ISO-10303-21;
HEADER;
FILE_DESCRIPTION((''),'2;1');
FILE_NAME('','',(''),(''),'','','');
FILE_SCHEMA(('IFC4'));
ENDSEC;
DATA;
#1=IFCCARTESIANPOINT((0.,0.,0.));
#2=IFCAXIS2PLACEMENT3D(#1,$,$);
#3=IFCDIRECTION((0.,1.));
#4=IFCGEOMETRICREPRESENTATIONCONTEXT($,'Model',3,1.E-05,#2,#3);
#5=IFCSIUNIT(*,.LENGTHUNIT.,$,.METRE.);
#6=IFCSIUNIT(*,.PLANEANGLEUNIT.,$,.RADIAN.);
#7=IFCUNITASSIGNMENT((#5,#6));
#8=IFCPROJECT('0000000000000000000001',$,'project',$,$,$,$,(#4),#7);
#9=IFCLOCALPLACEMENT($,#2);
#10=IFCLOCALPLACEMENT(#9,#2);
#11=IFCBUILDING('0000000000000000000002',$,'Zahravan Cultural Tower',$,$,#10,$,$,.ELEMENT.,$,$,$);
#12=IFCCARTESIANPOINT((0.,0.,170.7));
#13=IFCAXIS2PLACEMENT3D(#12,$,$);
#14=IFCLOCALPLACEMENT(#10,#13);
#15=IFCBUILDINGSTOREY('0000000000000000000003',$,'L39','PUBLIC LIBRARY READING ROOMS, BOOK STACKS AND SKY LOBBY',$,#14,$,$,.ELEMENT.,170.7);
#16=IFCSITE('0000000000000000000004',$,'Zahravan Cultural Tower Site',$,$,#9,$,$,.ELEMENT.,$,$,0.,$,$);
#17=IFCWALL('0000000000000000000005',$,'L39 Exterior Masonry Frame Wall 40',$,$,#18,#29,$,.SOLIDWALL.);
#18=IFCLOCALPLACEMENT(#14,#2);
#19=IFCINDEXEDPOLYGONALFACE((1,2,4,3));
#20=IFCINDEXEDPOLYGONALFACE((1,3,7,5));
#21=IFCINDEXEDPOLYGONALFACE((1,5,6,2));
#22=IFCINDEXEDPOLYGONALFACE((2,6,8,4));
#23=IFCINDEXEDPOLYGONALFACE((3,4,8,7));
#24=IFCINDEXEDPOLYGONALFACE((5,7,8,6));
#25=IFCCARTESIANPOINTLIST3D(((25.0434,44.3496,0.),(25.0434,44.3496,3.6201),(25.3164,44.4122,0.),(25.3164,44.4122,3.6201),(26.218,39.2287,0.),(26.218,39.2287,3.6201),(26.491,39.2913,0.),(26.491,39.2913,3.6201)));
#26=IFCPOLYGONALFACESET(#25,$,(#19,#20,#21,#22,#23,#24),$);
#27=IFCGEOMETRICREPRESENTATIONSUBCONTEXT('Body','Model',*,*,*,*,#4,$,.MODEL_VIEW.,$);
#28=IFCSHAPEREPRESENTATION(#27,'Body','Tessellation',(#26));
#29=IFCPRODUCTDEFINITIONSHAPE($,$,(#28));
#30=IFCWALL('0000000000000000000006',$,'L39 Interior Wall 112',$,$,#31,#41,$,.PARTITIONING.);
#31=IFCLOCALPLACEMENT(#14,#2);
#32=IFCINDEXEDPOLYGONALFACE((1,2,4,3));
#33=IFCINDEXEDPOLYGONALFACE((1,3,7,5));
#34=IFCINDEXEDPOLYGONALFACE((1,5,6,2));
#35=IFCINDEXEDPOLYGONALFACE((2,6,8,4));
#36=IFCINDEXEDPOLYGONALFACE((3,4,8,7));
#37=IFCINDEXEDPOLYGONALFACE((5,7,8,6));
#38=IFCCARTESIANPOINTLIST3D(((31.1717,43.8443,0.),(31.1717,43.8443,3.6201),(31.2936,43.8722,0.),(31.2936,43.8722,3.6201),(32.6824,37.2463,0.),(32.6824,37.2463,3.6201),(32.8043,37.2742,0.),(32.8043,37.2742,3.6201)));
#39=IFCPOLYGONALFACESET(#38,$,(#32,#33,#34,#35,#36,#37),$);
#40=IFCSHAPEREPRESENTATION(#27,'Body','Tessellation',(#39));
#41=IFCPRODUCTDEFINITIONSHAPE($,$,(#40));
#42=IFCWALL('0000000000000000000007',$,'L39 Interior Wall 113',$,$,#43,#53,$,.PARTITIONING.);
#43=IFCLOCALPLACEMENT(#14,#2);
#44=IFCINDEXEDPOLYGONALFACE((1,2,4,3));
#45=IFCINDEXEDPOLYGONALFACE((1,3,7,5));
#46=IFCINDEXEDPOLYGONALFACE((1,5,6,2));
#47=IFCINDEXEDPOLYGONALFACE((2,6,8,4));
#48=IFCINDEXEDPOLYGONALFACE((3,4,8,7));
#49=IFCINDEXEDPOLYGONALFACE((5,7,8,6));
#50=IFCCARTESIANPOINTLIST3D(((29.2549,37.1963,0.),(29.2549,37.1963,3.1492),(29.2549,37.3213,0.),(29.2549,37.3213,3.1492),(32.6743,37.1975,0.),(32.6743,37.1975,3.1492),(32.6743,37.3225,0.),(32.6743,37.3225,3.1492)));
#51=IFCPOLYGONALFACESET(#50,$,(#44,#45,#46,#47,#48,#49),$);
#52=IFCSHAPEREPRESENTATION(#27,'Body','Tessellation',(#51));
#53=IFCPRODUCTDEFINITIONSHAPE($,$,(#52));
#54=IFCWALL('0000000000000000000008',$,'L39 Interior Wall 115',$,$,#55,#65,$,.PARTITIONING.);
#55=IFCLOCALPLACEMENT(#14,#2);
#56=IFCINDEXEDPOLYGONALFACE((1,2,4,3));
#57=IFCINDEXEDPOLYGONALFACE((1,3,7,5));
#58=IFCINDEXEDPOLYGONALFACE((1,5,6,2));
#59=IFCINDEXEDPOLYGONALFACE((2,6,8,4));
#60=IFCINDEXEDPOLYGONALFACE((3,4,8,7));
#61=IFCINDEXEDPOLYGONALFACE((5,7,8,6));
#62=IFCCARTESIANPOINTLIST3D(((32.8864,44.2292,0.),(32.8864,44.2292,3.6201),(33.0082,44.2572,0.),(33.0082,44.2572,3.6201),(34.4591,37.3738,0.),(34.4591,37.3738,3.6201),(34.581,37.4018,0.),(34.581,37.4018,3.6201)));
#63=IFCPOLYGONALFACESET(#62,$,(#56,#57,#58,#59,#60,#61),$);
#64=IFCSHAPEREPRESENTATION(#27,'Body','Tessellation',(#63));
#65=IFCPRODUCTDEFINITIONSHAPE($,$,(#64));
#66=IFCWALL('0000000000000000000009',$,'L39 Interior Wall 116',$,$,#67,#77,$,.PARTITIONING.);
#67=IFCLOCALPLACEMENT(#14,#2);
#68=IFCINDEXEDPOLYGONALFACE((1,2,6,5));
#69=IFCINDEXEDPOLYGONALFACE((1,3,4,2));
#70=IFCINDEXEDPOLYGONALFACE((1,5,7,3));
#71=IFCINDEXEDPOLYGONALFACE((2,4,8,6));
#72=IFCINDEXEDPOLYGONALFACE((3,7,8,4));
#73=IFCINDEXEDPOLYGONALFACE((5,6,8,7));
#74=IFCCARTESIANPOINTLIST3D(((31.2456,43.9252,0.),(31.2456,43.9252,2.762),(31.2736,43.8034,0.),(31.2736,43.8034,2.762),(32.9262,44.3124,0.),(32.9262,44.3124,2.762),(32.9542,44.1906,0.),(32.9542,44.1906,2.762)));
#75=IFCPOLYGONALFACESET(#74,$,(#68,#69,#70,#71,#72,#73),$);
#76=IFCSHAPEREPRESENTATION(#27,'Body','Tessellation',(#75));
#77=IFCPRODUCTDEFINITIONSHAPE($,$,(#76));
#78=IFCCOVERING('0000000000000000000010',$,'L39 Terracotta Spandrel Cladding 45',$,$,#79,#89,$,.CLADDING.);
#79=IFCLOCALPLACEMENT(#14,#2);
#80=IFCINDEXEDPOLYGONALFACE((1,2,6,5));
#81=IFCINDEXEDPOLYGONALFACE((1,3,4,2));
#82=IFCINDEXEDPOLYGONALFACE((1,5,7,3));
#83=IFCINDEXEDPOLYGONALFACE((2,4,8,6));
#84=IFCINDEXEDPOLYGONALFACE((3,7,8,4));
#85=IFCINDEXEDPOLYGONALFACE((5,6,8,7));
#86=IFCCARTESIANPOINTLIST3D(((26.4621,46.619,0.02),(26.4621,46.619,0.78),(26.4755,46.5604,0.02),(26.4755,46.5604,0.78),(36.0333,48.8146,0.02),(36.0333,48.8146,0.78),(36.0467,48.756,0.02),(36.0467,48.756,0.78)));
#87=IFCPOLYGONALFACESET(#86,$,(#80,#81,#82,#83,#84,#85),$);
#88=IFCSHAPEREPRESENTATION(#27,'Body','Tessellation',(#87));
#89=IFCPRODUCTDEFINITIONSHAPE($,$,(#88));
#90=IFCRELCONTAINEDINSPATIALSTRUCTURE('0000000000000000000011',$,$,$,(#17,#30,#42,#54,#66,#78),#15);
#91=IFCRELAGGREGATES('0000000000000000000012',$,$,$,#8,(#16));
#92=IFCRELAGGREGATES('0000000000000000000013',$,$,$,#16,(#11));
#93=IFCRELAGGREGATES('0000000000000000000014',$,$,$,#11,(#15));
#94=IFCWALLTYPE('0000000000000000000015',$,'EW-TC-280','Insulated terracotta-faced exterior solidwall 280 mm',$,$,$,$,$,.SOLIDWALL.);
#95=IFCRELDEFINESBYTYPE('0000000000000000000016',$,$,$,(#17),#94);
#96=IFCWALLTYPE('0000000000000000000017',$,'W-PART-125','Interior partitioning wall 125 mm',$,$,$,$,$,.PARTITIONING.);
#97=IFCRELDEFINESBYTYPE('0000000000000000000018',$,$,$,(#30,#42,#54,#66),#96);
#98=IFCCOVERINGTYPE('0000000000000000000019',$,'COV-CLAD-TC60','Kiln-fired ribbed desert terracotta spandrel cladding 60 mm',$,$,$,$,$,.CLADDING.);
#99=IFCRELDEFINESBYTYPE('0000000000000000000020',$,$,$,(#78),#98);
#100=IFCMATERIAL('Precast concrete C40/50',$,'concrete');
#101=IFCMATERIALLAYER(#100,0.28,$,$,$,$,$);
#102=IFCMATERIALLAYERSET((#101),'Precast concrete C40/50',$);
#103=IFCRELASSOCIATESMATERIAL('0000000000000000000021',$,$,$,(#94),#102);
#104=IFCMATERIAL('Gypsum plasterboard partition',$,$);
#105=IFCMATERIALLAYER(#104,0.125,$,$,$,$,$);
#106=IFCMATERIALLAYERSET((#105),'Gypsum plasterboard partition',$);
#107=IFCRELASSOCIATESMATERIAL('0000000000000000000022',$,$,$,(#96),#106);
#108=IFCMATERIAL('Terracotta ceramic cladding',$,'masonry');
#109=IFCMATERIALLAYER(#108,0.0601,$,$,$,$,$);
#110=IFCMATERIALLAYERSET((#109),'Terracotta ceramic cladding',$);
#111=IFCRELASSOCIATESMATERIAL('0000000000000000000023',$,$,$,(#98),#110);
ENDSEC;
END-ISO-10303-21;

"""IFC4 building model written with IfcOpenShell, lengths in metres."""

from ifc_helpers import new_model, si_unit, direction, frame, frame_2d, origin, origin_2d, place, context, subcontext, project, spatial, rectangle, extrude, source, transform, mapped, material, layer, layer_set, type_object, element, save


model = new_model("IFC4")

# Units and contexts
model_context = context("Model", 3, precision=1e-05, world=origin(), true_north=direction((0.0, 1.0)))
body_context = subcontext(model_context, "Body", "Model", "MODEL_VIEW")
ifc_project = project(units=[si_unit("LENGTHUNIT", "METRE"), si_unit("PLANEANGLEUNIT", "RADIAN")], contexts=[model_context])

# Site, building, storey
site_placement = place(None, origin())
site = spatial("IfcSite", under=ifc_project, at=site_placement, Name="Zahravan Cultural Tower Site", CompositionType="ELEMENT", RefElevation=0.0)
building_placement = place(site_placement, origin())
building = spatial("IfcBuilding", under=site, at=building_placement, Name="Zahravan Cultural Tower", CompositionType="ELEMENT")
storey_placement = place(building_placement, frame((0.0, 0.0, 170.7)))
storey = spatial("IfcBuildingStorey", under=building, at=storey_placement, Name="L39", Description="PUBLIC LIBRARY READING ROOMS, BOOK STACKS AND SKY LOBBY", CompositionType="ELEMENT", Elevation=170.7)

# Walls
ifc_material_1 = material(Name="Precast concrete C40/50", Category="concrete")
ifc_layer_1 = layer(ifc_material_1, 0.28)
ifc_layer_set_1 = layer_set([ifc_layer_1], Name="Precast concrete C40/50")
wall_type_1 = type_object("IfcWallType", Name="EW-TC-280", Description="Insulated terracotta-faced exterior solidwall 280 mm", PredefinedType="SOLIDWALL", material=ifc_layer_set_1)
shared_shape_1 = source(origin(), body_context, "Body", "SweptSolid", [
    extrude(rectangle(XDim=5.2539, YDim=0.28, at=frame_2d((2.627, 0.0))), origin(), (0.0, 0.0, 1.0), 3.6201),
])
wall_1_placement = place(storey_placement, frame((26.3545, 39.26, 0.0), z_axis=(0.0, 0.0, 1.0), x_axis=(-0.223563, 0.97469, 0.0)))
element("IfcWall", 1, at=wall_1_placement, inside=storey, type_object=wall_type_1, Name="L39 Exterior Masonry Frame Wall 40", PredefinedType="SOLIDWALL", context=body_context, shape_type="MappedRepresentation", body=[
    mapped(shared_shape_1, transform((0.0, 0.0, 0.0), x_axis=(1.0, 0.0, 0.0), y_axis=(0.0, 1.0, 0.0), z_axis=(0.0, 0.0, 1.0), scale=1.0)),
])
ifc_material_2 = material(Name="Gypsum plasterboard partition")
ifc_layer_2 = layer(ifc_material_2, 0.125)
ifc_layer_set_2 = layer_set([ifc_layer_2], Name="Gypsum plasterboard partition")
wall_type_2 = type_object("IfcWallType", Name="W-PART-125", Description="Interior partitioning wall 125 mm", PredefinedType="PARTITIONING", material=ifc_layer_set_2)
shared_shape_2 = source(origin(), body_context, "Body", "SweptSolid", [
    extrude(rectangle(XDim=6.7688, YDim=0.125, at=frame_2d((3.3843, 0.0))), origin(), (0.0, 0.0, 1.0), 3.6201),
])
wall_2_placement = place(storey_placement, frame((31.2327, 43.8582, 0.0), z_axis=(0.0, 0.0, 1.0), x_axis=(0.223189, -0.974775, 0.0)))
element("IfcWall", 2, at=wall_2_placement, inside=storey, type_object=wall_type_2, Name="L39 Interior Wall 112", PredefinedType="PARTITIONING", context=body_context, shape_type="MappedRepresentation", body=[
    mapped(shared_shape_2, transform((0.0, 0.0, 0.0), x_axis=(1.0, 0.0, 0.0), y_axis=(0.0, 1.0, 0.0), z_axis=(0.0, 0.0, 1.0), scale=1.0)),
])
shared_shape_3 = source(origin(), body_context, "Body", "SweptSolid", [
    extrude(rectangle(XDim=3.4194, YDim=0.125, at=frame_2d((1.7097, 0.0))), origin(), (0.0, 0.0, 1.0), 3.1492),
])
wall_3_placement = place(storey_placement, frame((32.6743, 37.26, 0.0), z_axis=(0.0, 0.0, 1.0), x_axis=(-1.0, -0.000357, 0.0)))
element("IfcWall", 3, at=wall_3_placement, inside=storey, type_object=wall_type_2, Name="L39 Interior Wall 113", PredefinedType="PARTITIONING", context=body_context, shape_type="MappedRepresentation", body=[
    mapped(shared_shape_3, transform((0.0, 0.0, 0.0), x_axis=(1.0, 0.0, 0.0), y_axis=(0.0, 1.0, 0.0), z_axis=(0.0, 0.0, 1.0), scale=1.0)),
])
shared_shape_4 = source(origin(), body_context, "Body", "SweptSolid", [
    extrude(rectangle(XDim=7.0334, YDim=0.125, at=frame_2d((3.5166, 0.0))), origin(), (0.0, 0.0, 1.0), 3.6201),
])
wall_4_placement = place(storey_placement, frame((34.52, 37.3879, 0.0), z_axis=(0.0, 0.0, 1.0), x_axis=(-0.223607, 0.974679, 0.0)))
element("IfcWall", 4, at=wall_4_placement, inside=storey, type_object=wall_type_2, Name="L39 Interior Wall 115", PredefinedType="PARTITIONING", context=body_context, shape_type="MappedRepresentation", body=[
    mapped(shared_shape_4, transform((0.0, 0.0, 0.0), x_axis=(1.0, 0.0, 0.0), y_axis=(0.0, 1.0, 0.0), z_axis=(0.0, 0.0, 1.0), scale=1.0)),
])
shared_shape_5 = source(origin(), body_context, "Body", "SweptSolid", [
    extrude(rectangle(XDim=1.7246, YDim=0.125, at=frame_2d((0.8623, 0.0))), origin(), (0.0, 0.0, 1.0), 2.762),
])
wall_5_placement = place(storey_placement, frame((32.9402, 44.2515, 0.0), z_axis=(0.0, 0.0, 1.0), x_axis=(-0.974472, -0.224508, 0.0)))
element("IfcWall", 5, at=wall_5_placement, inside=storey, type_object=wall_type_2, Name="L39 Interior Wall 116", PredefinedType="PARTITIONING", context=body_context, shape_type="MappedRepresentation", body=[
    mapped(shared_shape_5, transform((0.0, 0.0, 0.0), x_axis=(1.0, 0.0, 0.0), y_axis=(0.0, 1.0, 0.0), z_axis=(0.0, 0.0, 1.0), scale=1.0)),
])

# Covering
ifc_material_3 = material(Name="Terracotta ceramic cladding", Category="masonry")
ifc_layer_3 = layer(ifc_material_3, 0.0601)
ifc_layer_set_3 = layer_set([ifc_layer_3], Name="Terracotta ceramic cladding")
covering_type = type_object("IfcCoveringType", Name="COV-CLAD-TC60", Description="Kiln-fired ribbed desert terracotta spandrel cladding 60 mm", PredefinedType="CLADDING", material=ifc_layer_set_3)
shared_shape_6 = source(origin(), body_context, "Body", "SweptSolid", [
    extrude(rectangle(XDim=9.8198, YDim=0.0601, at=origin_2d()), origin(), (0.0, 0.0, 1.0), 0.76),
])
covering_placement = place(storey_placement, frame((31.2544, 47.6875, 0.02), z_axis=(0.0, 0.0, 1.0), x_axis=(0.974683, 0.22359, 0.0)))
element("IfcCovering", 6, at=covering_placement, inside=storey, type_object=covering_type, Name="L39 Terracotta Spandrel Cladding 45", PredefinedType="CLADDING", context=body_context, shape_type="MappedRepresentation", body=[
    mapped(shared_shape_6, transform((0.0, 0.0, 0.0), x_axis=(1.0, 0.0, 0.0), y_axis=(0.0, 1.0, 0.0), z_axis=(0.0, 0.0, 1.0), scale=1.0)),
])

save(model, "model.ifc")
